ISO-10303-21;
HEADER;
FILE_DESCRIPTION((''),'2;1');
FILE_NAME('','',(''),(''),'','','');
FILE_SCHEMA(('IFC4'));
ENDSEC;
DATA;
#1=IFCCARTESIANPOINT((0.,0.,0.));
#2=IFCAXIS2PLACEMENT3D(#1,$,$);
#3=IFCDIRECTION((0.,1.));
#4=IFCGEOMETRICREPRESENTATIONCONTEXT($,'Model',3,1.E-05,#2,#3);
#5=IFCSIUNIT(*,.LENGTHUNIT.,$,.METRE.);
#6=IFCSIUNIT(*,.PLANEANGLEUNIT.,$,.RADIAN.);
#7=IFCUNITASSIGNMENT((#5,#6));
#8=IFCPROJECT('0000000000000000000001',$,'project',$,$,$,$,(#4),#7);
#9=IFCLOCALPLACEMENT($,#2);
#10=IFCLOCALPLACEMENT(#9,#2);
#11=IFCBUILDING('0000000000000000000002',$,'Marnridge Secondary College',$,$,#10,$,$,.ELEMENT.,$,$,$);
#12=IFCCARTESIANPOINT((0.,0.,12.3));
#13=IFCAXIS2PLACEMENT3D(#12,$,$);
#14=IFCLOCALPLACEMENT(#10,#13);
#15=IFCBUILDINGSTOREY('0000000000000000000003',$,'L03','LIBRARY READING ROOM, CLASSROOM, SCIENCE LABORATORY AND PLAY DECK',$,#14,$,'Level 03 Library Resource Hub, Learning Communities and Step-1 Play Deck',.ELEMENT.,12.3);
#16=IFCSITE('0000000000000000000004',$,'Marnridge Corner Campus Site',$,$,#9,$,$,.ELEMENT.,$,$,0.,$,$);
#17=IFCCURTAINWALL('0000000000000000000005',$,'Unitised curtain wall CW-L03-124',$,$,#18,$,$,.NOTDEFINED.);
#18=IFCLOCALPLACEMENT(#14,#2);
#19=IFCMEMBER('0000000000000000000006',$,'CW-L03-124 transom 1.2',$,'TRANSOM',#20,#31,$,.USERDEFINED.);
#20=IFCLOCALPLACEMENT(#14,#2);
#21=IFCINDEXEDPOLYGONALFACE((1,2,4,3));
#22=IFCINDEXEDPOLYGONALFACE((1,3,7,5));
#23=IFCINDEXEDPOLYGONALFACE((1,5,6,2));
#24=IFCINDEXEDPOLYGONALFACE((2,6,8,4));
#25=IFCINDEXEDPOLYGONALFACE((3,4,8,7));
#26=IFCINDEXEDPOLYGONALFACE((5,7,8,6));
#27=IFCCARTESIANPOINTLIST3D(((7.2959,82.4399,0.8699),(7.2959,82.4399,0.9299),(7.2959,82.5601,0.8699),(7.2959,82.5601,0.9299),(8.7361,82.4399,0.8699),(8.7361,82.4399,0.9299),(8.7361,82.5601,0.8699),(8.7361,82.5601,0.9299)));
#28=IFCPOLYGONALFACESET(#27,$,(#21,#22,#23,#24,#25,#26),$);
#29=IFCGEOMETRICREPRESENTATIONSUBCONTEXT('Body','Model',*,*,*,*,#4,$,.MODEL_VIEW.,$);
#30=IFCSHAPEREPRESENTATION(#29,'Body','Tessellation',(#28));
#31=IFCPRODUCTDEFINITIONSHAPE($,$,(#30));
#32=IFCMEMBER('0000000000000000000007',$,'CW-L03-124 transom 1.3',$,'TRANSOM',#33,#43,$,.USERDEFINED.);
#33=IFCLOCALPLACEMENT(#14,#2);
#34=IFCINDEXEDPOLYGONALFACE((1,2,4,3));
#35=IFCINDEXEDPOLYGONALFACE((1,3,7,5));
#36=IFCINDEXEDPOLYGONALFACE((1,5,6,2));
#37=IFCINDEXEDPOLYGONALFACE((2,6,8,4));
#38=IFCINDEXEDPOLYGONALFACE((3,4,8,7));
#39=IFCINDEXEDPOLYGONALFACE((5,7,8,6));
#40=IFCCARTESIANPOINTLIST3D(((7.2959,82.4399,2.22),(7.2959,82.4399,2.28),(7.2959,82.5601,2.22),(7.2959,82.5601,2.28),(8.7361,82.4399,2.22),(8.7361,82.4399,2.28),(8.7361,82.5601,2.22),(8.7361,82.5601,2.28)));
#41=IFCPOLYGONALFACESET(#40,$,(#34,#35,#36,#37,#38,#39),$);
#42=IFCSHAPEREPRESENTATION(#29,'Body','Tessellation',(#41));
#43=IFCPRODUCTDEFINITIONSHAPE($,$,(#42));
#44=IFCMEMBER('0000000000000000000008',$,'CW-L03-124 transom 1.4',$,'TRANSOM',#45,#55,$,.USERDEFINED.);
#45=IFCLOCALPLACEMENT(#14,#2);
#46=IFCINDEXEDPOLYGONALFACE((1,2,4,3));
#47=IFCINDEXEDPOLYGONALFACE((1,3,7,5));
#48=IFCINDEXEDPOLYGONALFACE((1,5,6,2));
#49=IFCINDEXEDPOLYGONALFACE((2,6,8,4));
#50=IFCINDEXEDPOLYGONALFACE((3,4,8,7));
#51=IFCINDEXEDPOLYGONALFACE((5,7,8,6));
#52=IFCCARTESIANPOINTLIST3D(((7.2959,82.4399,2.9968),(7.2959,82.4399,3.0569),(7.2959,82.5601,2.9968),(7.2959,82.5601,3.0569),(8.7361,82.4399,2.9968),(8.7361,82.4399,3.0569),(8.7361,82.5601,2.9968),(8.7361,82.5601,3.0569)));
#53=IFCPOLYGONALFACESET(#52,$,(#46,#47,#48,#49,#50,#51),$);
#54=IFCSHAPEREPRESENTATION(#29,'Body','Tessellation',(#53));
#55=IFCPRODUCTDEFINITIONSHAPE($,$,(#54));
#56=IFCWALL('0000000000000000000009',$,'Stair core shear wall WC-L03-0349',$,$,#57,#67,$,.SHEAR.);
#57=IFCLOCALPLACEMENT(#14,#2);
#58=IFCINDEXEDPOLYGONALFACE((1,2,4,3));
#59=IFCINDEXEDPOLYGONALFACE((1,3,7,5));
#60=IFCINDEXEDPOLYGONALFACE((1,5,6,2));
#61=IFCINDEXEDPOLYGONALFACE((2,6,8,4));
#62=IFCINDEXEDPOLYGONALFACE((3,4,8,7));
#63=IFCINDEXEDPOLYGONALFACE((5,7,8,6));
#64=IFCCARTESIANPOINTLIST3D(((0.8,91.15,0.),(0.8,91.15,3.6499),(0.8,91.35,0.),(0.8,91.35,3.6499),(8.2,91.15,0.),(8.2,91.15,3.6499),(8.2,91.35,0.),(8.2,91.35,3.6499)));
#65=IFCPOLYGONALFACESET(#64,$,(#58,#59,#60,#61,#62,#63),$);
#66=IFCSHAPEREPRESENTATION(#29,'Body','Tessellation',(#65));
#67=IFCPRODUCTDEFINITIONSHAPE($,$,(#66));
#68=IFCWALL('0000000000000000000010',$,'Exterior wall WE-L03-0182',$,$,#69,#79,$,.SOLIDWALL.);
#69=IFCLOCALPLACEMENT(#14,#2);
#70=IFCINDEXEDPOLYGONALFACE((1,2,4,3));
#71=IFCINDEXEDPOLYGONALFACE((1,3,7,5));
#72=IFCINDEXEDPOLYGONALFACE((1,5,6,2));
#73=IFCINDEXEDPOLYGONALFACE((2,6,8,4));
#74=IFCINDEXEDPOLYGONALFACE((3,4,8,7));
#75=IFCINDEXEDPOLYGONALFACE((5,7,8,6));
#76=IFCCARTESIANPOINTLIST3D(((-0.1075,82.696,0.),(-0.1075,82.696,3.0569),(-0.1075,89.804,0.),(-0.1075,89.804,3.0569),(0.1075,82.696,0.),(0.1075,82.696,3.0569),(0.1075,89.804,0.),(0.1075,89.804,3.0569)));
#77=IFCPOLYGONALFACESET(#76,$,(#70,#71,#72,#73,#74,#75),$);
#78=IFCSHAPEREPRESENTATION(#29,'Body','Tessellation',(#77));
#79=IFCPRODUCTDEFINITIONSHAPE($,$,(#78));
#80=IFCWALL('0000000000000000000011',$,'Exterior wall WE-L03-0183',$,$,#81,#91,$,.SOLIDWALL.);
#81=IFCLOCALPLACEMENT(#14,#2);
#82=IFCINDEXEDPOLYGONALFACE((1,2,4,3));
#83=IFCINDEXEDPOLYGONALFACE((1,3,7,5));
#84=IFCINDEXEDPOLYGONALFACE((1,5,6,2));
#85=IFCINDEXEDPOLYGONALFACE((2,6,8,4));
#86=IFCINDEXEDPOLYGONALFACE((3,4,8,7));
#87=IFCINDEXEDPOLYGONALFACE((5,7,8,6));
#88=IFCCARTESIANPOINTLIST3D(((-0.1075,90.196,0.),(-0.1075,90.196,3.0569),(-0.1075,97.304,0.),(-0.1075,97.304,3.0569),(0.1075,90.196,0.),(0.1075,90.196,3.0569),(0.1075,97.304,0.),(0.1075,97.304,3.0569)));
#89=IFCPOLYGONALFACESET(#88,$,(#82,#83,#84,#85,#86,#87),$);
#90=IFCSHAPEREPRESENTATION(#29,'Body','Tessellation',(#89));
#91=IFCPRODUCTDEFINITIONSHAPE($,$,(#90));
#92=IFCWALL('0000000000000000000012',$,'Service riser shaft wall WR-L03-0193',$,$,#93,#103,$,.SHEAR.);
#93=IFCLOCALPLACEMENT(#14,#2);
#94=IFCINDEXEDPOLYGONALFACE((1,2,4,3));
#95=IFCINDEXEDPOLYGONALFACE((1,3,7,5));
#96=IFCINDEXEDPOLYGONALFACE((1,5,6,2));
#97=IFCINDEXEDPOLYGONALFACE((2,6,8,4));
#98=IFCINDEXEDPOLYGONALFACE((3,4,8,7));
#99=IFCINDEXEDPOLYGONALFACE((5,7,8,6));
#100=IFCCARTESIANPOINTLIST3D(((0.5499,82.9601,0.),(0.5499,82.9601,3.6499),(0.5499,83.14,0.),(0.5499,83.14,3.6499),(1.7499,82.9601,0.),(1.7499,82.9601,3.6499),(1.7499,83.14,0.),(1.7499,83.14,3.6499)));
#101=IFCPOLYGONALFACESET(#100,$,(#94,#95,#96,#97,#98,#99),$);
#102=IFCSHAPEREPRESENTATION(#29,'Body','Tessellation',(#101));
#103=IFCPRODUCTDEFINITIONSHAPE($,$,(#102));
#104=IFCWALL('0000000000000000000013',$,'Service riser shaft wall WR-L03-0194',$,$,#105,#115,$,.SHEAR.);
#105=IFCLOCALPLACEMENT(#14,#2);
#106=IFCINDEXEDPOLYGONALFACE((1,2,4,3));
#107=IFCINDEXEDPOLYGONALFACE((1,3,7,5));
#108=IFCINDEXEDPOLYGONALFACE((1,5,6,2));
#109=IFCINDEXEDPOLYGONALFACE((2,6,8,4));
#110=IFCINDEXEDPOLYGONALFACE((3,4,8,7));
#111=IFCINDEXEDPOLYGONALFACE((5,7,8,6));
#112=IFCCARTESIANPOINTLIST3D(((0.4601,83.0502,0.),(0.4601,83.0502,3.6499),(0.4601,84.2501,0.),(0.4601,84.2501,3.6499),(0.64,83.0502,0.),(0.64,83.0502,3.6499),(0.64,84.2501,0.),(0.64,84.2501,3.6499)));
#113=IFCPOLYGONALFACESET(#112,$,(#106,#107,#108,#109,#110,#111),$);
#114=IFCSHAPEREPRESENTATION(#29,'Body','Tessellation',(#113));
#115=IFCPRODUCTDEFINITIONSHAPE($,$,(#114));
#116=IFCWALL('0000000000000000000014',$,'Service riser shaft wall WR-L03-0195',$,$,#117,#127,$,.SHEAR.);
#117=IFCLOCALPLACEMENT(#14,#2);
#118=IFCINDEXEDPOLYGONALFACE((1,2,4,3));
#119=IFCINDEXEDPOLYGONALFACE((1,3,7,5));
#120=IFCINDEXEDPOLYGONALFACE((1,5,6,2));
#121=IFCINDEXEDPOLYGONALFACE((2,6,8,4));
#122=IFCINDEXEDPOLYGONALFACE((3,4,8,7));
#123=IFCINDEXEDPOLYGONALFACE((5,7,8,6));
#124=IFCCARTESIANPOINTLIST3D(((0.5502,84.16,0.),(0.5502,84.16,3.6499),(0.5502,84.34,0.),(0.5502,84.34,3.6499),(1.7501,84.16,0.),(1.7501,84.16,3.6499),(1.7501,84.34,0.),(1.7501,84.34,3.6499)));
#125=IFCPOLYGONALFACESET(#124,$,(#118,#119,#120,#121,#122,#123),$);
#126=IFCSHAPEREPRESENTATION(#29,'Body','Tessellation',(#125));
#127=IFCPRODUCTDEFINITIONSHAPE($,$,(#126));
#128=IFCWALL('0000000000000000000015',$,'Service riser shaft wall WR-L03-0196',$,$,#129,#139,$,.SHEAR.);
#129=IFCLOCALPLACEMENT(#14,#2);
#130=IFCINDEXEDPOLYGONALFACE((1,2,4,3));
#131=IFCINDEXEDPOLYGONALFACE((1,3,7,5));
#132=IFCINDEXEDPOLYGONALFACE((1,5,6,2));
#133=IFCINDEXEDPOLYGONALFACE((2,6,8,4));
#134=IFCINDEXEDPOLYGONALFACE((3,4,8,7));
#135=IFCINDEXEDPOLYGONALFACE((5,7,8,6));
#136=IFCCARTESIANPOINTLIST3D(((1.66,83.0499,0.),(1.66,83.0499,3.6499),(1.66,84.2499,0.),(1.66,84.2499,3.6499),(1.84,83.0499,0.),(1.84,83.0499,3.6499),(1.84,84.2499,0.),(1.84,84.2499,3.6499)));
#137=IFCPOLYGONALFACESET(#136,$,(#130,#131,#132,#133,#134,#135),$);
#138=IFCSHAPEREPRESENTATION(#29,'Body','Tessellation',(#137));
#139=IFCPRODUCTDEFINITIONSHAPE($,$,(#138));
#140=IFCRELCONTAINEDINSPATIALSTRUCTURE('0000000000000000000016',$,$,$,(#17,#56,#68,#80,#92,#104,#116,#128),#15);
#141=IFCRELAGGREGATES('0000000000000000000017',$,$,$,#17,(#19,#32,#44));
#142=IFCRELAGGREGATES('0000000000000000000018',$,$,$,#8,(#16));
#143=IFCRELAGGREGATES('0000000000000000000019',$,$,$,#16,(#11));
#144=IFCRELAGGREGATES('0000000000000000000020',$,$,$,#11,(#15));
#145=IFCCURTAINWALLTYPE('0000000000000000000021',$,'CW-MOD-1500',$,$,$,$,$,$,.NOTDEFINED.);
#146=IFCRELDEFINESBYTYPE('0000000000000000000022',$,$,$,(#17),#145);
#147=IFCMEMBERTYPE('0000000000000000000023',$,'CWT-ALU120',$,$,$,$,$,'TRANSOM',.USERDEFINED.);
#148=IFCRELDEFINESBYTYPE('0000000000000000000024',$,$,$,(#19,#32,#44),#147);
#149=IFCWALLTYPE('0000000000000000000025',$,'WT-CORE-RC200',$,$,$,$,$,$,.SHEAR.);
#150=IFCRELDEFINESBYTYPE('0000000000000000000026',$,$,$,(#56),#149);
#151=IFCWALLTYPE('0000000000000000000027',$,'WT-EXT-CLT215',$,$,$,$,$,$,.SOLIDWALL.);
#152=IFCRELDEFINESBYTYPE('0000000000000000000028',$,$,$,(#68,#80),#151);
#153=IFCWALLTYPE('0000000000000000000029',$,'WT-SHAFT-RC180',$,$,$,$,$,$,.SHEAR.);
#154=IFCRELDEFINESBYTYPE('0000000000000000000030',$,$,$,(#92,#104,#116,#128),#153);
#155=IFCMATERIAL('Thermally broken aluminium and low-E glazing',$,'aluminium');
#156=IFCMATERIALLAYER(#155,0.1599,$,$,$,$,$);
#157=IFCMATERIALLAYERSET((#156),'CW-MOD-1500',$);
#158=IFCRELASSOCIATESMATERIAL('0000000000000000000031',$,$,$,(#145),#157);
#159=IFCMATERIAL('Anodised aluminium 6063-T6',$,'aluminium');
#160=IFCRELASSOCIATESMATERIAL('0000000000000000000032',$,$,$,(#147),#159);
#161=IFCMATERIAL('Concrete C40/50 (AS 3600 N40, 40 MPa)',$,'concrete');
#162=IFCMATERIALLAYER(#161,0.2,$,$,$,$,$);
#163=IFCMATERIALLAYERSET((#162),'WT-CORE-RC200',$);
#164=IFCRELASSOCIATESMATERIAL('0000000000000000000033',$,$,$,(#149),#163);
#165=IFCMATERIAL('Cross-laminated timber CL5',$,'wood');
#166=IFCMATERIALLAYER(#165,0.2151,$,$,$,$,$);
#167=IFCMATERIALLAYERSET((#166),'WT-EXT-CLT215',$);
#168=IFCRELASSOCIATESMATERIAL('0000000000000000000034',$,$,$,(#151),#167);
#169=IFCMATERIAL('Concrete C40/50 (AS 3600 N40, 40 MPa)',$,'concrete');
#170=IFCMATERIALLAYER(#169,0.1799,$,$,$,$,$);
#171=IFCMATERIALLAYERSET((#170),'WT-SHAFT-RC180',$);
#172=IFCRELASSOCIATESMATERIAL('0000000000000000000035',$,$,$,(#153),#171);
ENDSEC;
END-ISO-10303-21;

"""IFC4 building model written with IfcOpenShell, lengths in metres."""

from ifc_helpers import new_model, si_unit, direction, frame, frame_2d, origin, origin_2d, place, context, subcontext, project, spatial, rectangle, extrude, material, layer, layer_set, material_profile, profile_set, type_object, element, aggregate, save


model = new_model("IFC4")

# Units and contexts
model_context = context("Model", 3, precision=1e-05, world=origin(), true_north=direction((0.0, 1.0)))
body_context = subcontext(model_context, "Body", "Model", "MODEL_VIEW")
ifc_project = project(units=[si_unit("LENGTHUNIT", "METRE"), si_unit("PLANEANGLEUNIT", "RADIAN")], contexts=[model_context])

# Site, building, storey
site_placement = place(None, origin())
site = spatial("IfcSite", under=ifc_project, at=site_placement, Name="Marnridge Corner Campus Site", CompositionType="ELEMENT", RefElevation=0.0)
building_placement = place(site_placement, origin())
building = spatial("IfcBuilding", under=site, at=building_placement, Name="Marnridge Secondary College", CompositionType="ELEMENT")
storey_placement = place(building_placement, frame((0.0, 0.0, 12.3)))
storey = spatial("IfcBuildingStorey", under=building, at=storey_placement, Name="L03", Description="LIBRARY READING ROOM, CLASSROOM, SCIENCE LABORATORY AND PLAY DECK", LongName="Level 03 Library Resource Hub, Learning Communities and Step-1 Play Deck", CompositionType="ELEMENT", Elevation=12.3)

# Shared definitions
ifc_material_1 = material(Name="Thermally broken aluminium and low-E glazing", Category="aluminium")
ifc_layer_1 = layer(ifc_material_1, 0.1599)
ifc_layer_set_1 = layer_set([ifc_layer_1], Name="CW-MOD-1500")
curtain_wall_type = type_object("IfcCurtainWallType", Name="CW-MOD-1500", PredefinedType="NOTDEFINED", material=ifc_layer_set_1)

# Curtain wall, members
curtain_wall_1_placement = place(storey_placement, origin())
curtain_wall_1 = element("IfcCurtainWall", 1, at=curtain_wall_1_placement, inside=storey, type_object=curtain_wall_type, Name="Unitised curtain wall CW-L03-124", PredefinedType="NOTDEFINED")
ifc_material_2 = material(Name="Anodised aluminium 6063-T6", Category="aluminium")
ifc_material_profile_1 = material_profile(ifc_material_2, rectangle(XDim=0.0601, YDim=0.1201, at=origin_2d()), Name="ALU 60x120")
ifc_profile_set_1 = profile_set([ifc_material_profile_1], Name="Anodised aluminium 6063-T6")
member_type_1 = type_object("IfcMemberType", Name="CWT-ALU120", ElementType="TRANSOM", PredefinedType="USERDEFINED", material=ifc_profile_set_1)
member_1_placement = place(storey_placement, frame((8.7361, 82.5, 0.8999), z_axis=(-1.0, 0.0, 0.0), x_axis=(0.0, 0.0, 1.0)))
member_1 = element("IfcMember", 2, at=member_1_placement, type_object=member_type_1, Name="CW-L03-124 transom 1.2", ObjectType="TRANSOM", PredefinedType="USERDEFINED", context=body_context, shape_type="SweptSolid", body=[
    extrude(rectangle(XDim=0.0601, YDim=0.1201, at=origin_2d()), origin(), (0.0, 0.0, 1.0), 1.4402),
])
member_2_placement = place(storey_placement, frame((8.7361, 82.5, 2.25), z_axis=(-1.0, 0.0, 0.0), x_axis=(0.0, 0.0, 1.0)))
member_2 = element("IfcMember", 3, at=member_2_placement, type_object=member_type_1, Name="CW-L03-124 transom 1.3", ObjectType="TRANSOM", PredefinedType="USERDEFINED", context=body_context, shape_type="SweptSolid", body=[
    extrude(rectangle(XDim=0.0601, YDim=0.1201, at=origin_2d()), origin(), (0.0, 0.0, 1.0), 1.4402),
])
member_3_placement = place(storey_placement, frame((8.7361, 82.5, 3.0269), z_axis=(-1.0, 0.0, 0.0), x_axis=(0.0, 0.0, 1.0)))
member_3 = element("IfcMember", 4, at=member_3_placement, type_object=member_type_1, Name="CW-L03-124 transom 1.4", ObjectType="TRANSOM", PredefinedType="USERDEFINED", context=body_context, shape_type="SweptSolid", body=[
    extrude(rectangle(XDim=0.0601, YDim=0.1201, at=origin_2d()), origin(), (0.0, 0.0, 1.0), 1.4402),
])
aggregate(curtain_wall_1, [member_1, member_2, member_3])

# Wall
ifc_material_3 = material(Name="Concrete C40/50 (AS 3600 N40, 40 MPa)", Category="concrete")
ifc_layer_2 = layer(ifc_material_3, 0.2)
ifc_layer_set_2 = layer_set([ifc_layer_2], Name="WT-CORE-RC200")
wall_type_1 = type_object("IfcWallType", Name="WT-CORE-RC200", PredefinedType="SHEAR", material=ifc_layer_set_2)
wall_1_placement = place(storey_placement, frame((0.8, 91.25, 0.0), z_axis=(0.0, 0.0, 1.0), x_axis=(1.0, 0.0, 0.0)))
element("IfcWall", 5, at=wall_1_placement, inside=storey, type_object=wall_type_1, Name="Stair core shear wall WC-L03-0349", PredefinedType="SHEAR", context=body_context, shape_type="SweptSolid", body=[
    extrude(rectangle(XDim=7.3999, YDim=0.2, at=frame_2d((3.7, 0.0))), origin(), (0.0, 0.0, 1.0), 3.6499),
])

# Walls
ifc_material_4 = material(Name="Cross-laminated timber CL5", Category="wood")
ifc_layer_3 = layer(ifc_material_4, 0.2151)
ifc_layer_set_3 = layer_set([ifc_layer_3], Name="WT-EXT-CLT215")
wall_type_2 = type_object("IfcWallType", Name="WT-EXT-CLT215", PredefinedType="SOLIDWALL", material=ifc_layer_set_3)
for number, where, z_axis, x_axis, name in (
    (6, (0.0, 82.696, 0.0), (0.0, 0.0, 1.0), (0.0, 1.0, 0.0), "Exterior wall WE-L03-0182"),
    (7, (0.0, 90.196, 0.0), (0.0, 0.0, 1.0), (0.0, 1.0, 0.0), "Exterior wall WE-L03-0183"),
):
    element("IfcWall", number, at=place(storey_placement, frame(where, z_axis=z_axis, x_axis=x_axis)), inside=storey, type_object=wall_type_2, Name=name, PredefinedType="SOLIDWALL", context=body_context, shape_type="SweptSolid", body=[
        extrude(rectangle(XDim=7.1079, YDim=0.2151, at=frame_2d((3.554, 0.0))), origin(), (0.0, 0.0, 1.0), 3.0569),
    ])
ifc_material_5 = material(Name="Concrete C40/50 (AS 3600 N40, 40 MPa)", Category="concrete")
ifc_layer_4 = layer(ifc_material_5, 0.1799)
ifc_layer_set_4 = layer_set([ifc_layer_4], Name="WT-SHAFT-RC180")
wall_type_3 = type_object("IfcWallType", Name="WT-SHAFT-RC180", PredefinedType="SHEAR", material=ifc_layer_set_4)
for number, where, z_axis, x_axis, name in (
    (8, (1.75, 83.05, 0.0), (0.0, 0.0, 1.0), (-1.0, 0.0, 0.0), "Service riser shaft wall WR-L03-0193"),
    (9, (0.55, 83.05, 0.0), (0.0, 0.0, 1.0), (0.0, 1.0, 0.0), "Service riser shaft wall WR-L03-0194"),
    (10, (0.55, 84.25, 0.0), (0.0, 0.0, 1.0), (1.0, 0.0, 0.0), "Service riser shaft wall WR-L03-0195"),
    (11, (1.75, 84.25, 0.0), (0.0, 0.0, 1.0), (0.0, -1.0, 0.0), "Service riser shaft wall WR-L03-0196"),
):
    element("IfcWall", number, at=place(storey_placement, frame(where, z_axis=z_axis, x_axis=x_axis)), inside=storey, type_object=wall_type_3, Name=name, PredefinedType="SHEAR", context=body_context, shape_type="SweptSolid", body=[
        extrude(rectangle(XDim=1.2, YDim=0.1799, at=frame_2d((0.6001, 0.0))), origin(), (0.0, 0.0, 1.0), 3.6499),
    ])

save(model, "model.ifc")
